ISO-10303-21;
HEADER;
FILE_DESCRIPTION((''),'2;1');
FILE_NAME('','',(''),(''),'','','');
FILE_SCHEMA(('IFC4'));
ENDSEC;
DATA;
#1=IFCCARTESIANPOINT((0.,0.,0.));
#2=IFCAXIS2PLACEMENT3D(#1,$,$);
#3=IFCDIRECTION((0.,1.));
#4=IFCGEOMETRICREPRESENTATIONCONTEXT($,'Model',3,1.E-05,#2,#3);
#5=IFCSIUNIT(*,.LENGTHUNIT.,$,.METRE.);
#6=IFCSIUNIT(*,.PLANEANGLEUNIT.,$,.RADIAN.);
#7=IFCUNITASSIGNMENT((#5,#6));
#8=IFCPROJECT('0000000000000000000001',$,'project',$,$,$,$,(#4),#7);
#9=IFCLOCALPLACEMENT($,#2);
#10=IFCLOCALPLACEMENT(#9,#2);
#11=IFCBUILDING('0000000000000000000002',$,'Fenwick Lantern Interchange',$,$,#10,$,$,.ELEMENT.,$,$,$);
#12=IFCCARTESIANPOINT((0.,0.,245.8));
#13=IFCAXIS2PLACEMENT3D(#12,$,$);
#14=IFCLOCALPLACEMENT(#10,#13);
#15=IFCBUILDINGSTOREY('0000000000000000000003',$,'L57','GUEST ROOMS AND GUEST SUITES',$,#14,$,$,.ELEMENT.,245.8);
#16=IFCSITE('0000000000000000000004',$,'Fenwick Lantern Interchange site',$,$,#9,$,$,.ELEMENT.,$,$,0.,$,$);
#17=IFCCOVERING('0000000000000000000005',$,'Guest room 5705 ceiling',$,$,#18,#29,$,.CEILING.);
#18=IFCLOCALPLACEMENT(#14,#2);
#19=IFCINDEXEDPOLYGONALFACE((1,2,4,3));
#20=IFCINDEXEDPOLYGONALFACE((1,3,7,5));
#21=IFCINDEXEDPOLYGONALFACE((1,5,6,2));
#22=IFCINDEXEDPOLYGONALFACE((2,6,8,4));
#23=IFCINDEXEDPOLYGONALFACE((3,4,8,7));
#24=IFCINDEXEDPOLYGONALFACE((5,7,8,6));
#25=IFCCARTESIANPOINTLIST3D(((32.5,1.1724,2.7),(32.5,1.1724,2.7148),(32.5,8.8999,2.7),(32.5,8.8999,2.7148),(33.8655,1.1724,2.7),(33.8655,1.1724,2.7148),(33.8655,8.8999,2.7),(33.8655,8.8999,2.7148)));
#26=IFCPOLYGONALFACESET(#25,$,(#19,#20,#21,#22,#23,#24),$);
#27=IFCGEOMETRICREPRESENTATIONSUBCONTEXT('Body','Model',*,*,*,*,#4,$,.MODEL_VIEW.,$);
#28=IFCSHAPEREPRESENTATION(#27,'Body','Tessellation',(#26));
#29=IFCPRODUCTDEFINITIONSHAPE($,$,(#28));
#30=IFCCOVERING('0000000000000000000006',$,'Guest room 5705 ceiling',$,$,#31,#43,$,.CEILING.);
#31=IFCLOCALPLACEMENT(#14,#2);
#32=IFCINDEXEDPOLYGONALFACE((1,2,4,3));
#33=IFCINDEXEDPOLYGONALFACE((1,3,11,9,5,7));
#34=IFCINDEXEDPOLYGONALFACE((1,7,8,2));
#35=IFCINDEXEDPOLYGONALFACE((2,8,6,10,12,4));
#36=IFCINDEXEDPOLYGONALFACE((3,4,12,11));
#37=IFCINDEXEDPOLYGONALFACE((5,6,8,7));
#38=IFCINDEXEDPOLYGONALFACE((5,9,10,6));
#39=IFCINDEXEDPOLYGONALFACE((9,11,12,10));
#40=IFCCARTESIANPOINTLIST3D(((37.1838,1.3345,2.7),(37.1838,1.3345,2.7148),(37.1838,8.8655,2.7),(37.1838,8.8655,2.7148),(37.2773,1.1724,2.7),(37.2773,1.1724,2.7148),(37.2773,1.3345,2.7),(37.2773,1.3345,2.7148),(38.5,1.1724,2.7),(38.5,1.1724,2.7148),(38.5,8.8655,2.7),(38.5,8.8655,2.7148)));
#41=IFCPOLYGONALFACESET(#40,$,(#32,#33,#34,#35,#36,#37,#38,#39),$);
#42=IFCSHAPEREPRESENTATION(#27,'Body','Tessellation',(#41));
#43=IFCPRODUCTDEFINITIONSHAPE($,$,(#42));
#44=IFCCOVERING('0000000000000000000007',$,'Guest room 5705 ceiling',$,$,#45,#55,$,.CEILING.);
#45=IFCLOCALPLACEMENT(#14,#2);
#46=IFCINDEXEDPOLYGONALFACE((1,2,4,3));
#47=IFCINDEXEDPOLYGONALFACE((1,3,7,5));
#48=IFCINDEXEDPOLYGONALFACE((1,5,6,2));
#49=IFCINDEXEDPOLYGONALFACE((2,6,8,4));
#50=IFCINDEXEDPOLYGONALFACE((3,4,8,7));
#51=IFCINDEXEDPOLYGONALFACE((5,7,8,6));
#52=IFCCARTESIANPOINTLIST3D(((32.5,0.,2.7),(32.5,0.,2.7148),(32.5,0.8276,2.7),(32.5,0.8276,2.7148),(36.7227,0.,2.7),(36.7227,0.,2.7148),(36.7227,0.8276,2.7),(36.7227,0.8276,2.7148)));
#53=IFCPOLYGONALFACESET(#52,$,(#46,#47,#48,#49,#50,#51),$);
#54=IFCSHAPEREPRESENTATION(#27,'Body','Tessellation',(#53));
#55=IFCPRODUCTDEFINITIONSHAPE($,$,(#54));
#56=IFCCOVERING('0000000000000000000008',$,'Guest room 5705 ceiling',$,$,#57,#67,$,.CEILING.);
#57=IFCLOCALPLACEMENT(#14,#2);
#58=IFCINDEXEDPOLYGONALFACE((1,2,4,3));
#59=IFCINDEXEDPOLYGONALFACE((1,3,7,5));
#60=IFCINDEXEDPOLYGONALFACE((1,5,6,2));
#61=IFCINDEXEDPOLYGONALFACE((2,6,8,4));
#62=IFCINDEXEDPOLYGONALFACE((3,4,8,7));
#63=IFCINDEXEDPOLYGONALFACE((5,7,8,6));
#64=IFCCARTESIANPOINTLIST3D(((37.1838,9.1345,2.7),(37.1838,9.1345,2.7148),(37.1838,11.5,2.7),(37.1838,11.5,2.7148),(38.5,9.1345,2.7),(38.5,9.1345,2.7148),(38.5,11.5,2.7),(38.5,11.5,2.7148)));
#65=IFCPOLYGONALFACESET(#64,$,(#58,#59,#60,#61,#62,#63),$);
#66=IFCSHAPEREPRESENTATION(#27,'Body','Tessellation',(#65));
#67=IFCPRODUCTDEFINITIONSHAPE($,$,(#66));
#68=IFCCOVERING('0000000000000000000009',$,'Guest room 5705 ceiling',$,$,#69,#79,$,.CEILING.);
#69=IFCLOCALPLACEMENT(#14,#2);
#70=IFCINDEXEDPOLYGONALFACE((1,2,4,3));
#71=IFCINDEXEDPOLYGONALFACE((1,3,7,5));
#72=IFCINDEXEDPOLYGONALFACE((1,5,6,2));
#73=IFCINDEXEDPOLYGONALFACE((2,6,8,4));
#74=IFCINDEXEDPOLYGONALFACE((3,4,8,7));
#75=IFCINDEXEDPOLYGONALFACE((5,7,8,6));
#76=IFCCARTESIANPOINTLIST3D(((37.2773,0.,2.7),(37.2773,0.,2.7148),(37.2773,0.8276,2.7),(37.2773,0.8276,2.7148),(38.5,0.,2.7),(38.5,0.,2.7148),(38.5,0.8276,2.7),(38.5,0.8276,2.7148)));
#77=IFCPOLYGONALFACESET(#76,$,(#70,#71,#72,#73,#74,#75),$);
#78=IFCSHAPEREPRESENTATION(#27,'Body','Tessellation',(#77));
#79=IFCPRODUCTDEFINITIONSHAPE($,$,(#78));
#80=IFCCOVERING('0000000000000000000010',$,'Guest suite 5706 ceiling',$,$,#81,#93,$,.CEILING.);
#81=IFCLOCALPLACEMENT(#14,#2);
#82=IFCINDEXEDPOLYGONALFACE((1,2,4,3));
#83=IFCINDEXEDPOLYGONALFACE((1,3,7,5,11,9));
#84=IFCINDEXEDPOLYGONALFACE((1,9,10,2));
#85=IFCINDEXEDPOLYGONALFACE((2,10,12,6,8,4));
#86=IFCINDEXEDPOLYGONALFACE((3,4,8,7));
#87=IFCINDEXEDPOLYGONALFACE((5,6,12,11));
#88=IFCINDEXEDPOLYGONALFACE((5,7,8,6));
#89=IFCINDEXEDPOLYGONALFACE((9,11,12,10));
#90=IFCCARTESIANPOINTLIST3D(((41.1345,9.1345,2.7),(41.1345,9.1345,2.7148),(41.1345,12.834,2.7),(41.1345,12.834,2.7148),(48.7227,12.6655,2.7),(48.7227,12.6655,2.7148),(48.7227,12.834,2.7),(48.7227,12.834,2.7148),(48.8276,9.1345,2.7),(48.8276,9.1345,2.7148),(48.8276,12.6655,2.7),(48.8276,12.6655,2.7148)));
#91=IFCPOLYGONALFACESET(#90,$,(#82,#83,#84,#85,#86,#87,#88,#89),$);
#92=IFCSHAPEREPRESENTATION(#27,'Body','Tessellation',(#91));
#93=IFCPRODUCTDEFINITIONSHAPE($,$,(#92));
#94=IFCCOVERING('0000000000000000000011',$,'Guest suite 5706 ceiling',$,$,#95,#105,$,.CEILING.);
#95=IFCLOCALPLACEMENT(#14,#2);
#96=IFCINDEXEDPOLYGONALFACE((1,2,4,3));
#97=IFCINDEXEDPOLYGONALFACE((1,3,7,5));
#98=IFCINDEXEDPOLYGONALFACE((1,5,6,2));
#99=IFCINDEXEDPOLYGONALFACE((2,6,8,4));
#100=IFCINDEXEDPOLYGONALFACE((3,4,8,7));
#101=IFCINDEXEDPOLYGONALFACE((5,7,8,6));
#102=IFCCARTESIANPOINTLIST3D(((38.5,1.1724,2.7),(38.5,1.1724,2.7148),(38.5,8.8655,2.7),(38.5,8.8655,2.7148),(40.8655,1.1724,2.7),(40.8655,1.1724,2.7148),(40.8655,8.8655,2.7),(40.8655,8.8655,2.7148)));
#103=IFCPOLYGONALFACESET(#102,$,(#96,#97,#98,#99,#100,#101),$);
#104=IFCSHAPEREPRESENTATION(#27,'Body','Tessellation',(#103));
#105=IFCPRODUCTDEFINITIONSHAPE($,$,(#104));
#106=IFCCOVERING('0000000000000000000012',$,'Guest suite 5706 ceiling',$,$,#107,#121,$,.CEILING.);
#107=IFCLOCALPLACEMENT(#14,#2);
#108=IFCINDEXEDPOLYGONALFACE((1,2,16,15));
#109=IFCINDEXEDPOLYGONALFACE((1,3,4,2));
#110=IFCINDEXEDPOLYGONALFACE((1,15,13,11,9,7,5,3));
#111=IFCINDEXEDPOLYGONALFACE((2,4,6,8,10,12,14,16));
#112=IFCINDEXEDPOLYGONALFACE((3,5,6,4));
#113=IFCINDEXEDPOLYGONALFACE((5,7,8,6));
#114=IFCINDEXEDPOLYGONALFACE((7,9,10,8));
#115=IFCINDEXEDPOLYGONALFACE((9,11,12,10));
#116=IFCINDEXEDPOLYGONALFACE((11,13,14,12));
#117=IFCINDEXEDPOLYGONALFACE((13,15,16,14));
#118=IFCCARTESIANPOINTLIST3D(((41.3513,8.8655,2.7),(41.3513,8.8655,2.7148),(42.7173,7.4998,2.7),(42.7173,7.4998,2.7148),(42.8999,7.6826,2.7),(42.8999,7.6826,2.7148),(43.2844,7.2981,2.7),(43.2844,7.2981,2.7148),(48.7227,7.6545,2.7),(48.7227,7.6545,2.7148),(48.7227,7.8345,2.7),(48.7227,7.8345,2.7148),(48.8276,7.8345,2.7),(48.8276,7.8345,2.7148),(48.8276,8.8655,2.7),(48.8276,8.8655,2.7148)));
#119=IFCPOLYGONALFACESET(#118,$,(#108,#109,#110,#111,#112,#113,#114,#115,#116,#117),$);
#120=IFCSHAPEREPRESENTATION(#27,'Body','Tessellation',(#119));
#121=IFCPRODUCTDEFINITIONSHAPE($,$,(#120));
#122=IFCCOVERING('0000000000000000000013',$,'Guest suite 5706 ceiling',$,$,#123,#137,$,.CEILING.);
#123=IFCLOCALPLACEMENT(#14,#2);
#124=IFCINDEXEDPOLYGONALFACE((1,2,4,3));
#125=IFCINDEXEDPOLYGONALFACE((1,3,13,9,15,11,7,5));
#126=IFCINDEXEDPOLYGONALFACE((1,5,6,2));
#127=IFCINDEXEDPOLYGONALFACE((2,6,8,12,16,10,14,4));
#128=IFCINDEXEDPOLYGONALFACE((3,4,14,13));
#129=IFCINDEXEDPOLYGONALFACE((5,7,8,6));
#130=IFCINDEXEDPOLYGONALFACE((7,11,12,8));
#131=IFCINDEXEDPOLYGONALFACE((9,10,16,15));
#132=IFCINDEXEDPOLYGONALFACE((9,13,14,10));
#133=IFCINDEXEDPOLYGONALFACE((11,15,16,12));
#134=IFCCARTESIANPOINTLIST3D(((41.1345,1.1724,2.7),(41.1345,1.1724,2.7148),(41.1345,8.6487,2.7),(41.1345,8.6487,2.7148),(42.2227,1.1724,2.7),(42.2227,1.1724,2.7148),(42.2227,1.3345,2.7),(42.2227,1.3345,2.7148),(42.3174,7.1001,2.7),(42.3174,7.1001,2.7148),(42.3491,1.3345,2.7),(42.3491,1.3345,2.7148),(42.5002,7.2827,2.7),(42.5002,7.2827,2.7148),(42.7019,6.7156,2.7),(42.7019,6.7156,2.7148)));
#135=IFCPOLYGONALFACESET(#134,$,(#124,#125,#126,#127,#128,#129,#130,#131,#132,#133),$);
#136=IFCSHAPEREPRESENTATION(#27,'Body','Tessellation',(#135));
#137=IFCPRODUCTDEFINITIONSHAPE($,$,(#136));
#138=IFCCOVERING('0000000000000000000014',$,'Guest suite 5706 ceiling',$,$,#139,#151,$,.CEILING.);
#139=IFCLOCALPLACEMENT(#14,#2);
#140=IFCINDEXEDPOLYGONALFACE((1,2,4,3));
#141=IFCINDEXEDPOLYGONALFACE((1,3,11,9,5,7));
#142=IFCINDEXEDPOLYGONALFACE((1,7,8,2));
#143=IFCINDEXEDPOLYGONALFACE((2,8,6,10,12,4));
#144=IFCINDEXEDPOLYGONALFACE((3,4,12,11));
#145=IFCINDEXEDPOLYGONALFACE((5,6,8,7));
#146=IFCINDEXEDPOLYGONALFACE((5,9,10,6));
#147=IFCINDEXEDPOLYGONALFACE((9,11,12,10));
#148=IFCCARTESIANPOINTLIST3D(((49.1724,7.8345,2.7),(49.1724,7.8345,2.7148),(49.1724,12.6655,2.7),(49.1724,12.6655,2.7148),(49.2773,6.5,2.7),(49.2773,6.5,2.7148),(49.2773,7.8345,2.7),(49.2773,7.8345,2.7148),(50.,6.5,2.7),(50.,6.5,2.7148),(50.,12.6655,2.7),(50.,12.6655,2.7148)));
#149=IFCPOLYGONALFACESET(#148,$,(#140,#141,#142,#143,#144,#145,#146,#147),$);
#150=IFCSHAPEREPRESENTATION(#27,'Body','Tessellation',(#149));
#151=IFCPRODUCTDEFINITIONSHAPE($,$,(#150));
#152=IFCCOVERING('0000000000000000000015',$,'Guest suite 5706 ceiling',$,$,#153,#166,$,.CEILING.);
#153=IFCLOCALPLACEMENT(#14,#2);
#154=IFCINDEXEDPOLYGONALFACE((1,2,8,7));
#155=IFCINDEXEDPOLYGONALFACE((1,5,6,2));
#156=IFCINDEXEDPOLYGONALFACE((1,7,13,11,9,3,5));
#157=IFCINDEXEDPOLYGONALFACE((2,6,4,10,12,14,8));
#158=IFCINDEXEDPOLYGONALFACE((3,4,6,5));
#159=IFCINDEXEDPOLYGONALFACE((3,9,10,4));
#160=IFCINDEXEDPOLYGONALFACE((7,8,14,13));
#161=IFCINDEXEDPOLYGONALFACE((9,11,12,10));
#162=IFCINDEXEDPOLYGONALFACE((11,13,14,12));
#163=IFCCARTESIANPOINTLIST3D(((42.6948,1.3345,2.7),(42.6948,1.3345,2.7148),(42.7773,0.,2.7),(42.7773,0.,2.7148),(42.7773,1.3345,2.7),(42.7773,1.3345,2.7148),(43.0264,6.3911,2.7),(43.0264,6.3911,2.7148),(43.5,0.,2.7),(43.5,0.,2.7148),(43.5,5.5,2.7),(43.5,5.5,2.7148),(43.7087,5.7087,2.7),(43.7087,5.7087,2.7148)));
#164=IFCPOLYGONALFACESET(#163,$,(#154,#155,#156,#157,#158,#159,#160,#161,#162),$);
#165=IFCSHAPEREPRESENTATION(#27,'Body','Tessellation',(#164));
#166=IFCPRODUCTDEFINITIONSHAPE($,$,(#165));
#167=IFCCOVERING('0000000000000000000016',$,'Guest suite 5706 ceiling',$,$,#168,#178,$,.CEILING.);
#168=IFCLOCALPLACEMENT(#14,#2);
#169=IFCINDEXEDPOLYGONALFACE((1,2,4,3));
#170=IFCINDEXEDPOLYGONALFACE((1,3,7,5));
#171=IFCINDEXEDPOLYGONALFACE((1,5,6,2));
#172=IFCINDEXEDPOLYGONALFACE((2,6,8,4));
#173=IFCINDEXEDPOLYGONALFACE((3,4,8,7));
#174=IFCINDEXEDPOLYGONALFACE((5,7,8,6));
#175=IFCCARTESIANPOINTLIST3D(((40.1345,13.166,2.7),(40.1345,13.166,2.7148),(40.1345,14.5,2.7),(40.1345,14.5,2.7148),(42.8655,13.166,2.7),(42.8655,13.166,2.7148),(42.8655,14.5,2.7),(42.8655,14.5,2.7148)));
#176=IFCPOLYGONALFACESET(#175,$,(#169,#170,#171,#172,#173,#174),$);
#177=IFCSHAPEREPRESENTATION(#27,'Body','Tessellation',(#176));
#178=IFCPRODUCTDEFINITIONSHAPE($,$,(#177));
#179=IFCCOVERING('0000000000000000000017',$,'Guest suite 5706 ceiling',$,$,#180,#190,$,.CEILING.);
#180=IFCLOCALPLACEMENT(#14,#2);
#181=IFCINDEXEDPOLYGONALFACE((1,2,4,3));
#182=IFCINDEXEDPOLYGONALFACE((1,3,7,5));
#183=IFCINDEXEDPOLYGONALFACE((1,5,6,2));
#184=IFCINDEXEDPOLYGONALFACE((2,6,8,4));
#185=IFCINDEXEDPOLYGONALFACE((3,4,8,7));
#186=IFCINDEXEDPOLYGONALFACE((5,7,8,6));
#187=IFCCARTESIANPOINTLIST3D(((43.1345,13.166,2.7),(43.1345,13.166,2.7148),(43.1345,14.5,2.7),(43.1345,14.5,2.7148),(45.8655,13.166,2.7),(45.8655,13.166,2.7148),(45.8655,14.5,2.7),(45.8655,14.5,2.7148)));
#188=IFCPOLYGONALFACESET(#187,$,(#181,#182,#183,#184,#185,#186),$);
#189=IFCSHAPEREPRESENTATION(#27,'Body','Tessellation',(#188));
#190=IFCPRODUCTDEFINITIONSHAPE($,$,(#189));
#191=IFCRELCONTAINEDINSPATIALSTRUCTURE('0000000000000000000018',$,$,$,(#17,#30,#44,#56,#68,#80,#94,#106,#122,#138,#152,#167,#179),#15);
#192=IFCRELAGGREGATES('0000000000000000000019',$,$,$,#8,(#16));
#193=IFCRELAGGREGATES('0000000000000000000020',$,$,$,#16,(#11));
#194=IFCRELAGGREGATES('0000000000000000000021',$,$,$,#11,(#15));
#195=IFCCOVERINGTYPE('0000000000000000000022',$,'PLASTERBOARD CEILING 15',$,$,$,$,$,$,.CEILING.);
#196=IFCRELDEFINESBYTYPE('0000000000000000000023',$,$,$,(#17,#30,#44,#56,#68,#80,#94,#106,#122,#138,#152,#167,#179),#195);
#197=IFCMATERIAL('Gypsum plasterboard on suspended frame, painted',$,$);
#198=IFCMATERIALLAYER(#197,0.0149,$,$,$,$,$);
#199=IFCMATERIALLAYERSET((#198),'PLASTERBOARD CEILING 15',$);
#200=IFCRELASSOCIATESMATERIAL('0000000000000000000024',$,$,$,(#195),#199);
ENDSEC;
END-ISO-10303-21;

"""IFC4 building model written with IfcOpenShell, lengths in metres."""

from ifc_helpers import new_model, si_unit, direction, frame, origin, place, context, subcontext, project, spatial, polyline, outline, extrude, material, layer, layer_set, type_object, element, save


model = new_model("IFC4")

# Units and contexts
model_context = context("Model", 3, precision=1e-05, world=origin(), true_north=direction((0.0, 1.0)))
body_context = subcontext(model_context, "Body", "Model", "MODEL_VIEW")
ifc_project = project(units=[si_unit("LENGTHUNIT", "METRE"), si_unit("PLANEANGLEUNIT", "RADIAN")], contexts=[model_context])

# Site, building, storey
site_placement = place(None, origin())
site = spatial("IfcSite", under=ifc_project, at=site_placement, Name="Fenwick Lantern Interchange site", CompositionType="ELEMENT", RefElevation=0.0)
building_placement = place(site_placement, origin())
building = spatial("IfcBuilding", under=site, at=building_placement, Name="Fenwick Lantern Interchange", CompositionType="ELEMENT")
storey_placement = place(building_placement, frame((0.0, 0.0, 245.8)))
storey = spatial("IfcBuildingStorey", under=building, at=storey_placement, Name="L57", Description="GUEST ROOMS AND GUEST SUITES", CompositionType="ELEMENT", Elevation=245.8)

# Coverings
ifc_material = material(Name="Gypsum plasterboard on suspended frame, painted")
ifc_layer = layer(ifc_material, 0.0149)
ifc_layer_set = layer_set([ifc_layer], Name="PLASTERBOARD CEILING 15")
covering_type = type_object("IfcCoveringType", Name="PLASTERBOARD CEILING 15", PredefinedType="CEILING", material=ifc_layer_set)
covering_1_placement = place(storey_placement, frame((0.0, 0.0, 2.7)))
element("IfcCovering", 1, at=covering_1_placement, inside=storey, type_object=covering_type, Name="Guest room 5705 ceiling", PredefinedType="CEILING", context=body_context, shape_type="SweptSolid", body=[
    extrude(outline(polyline([(32.5, 8.8999), (32.5, 1.1724), (33.8655, 1.1724), (33.8655, 8.8999), (32.5, 8.8999)])), origin(), (0.0, 0.0, 1.0), 0.0149),
])
covering_2_placement = place(storey_placement, frame((0.0, 0.0, 2.7)))
element("IfcCovering", 2, at=covering_2_placement, inside=storey, type_object=covering_type, Name="Guest room 5705 ceiling", PredefinedType="CEILING", context=body_context, shape_type="SweptSolid", body=[
    extrude(outline(polyline([(37.2773, 1.3345), (37.2773, 1.1724), (38.5, 1.1724), (38.5, 8.8655), (37.1838, 8.8655), (37.1838, 1.3345), (37.2773, 1.3345)])), origin(), (0.0, 0.0, 1.0), 0.0149),
])
covering_3_placement = place(storey_placement, frame((0.0, 0.0, 2.7)))
element("IfcCovering", 3, at=covering_3_placement, inside=storey, type_object=covering_type, Name="Guest room 5705 ceiling", PredefinedType="CEILING", context=body_context, shape_type="SweptSolid", body=[
    extrude(outline(polyline([(36.7227, 0.0), (36.7227, 0.8276), (32.5, 0.8276), (32.5, 0.0), (36.7227, 0.0)])), origin(), (0.0, 0.0, 1.0), 0.0149),
])
covering_4_placement = place(storey_placement, frame((0.0, 0.0, 2.7)))
element("IfcCovering", 4, at=covering_4_placement, inside=storey, type_object=covering_type, Name="Guest room 5705 ceiling", PredefinedType="CEILING", context=body_context, shape_type="SweptSolid", body=[
    extrude(outline(polyline([(38.5, 11.5), (37.1838, 11.5), (37.1838, 9.1345), (38.5, 9.1345), (38.5, 11.5)])), origin(), (0.0, 0.0, 1.0), 0.0149),
])
covering_5_placement = place(storey_placement, frame((0.0, 0.0, 2.7)))
element("IfcCovering", 5, at=covering_5_placement, inside=storey, type_object=covering_type, Name="Guest room 5705 ceiling", PredefinedType="CEILING", context=body_context, shape_type="SweptSolid", body=[
    extrude(outline(polyline([(37.2773, 0.0), (38.5, 0.0), (38.5, 0.8276), (37.2773, 0.8276), (37.2773, 0.0)])), origin(), (0.0, 0.0, 1.0), 0.0149),
])
covering_6_placement = place(storey_placement, frame((0.0, 0.0, 2.7)))
element("IfcCovering", 6, at=covering_6_placement, inside=storey, type_object=covering_type, Name="Guest suite 5706 ceiling", PredefinedType="CEILING", context=body_context, shape_type="SweptSolid", body=[
    extrude(outline(polyline([(48.7227, 12.6655), (48.7227, 12.834), (41.1345, 12.834), (41.1345, 9.1345), (48.8276, 9.1345), (48.8276, 12.6655), (48.7227, 12.6655)])), origin(), (0.0, 0.0, 1.0), 0.0149),
])
covering_7_placement = place(storey_placement, frame((0.0, 0.0, 2.7)))
element("IfcCovering", 7, at=covering_7_placement, inside=storey, type_object=covering_type, Name="Guest suite 5706 ceiling", PredefinedType="CEILING", context=body_context, shape_type="SweptSolid", body=[
    extrude(outline(polyline([(38.5, 8.8655), (38.5, 1.1724), (40.8655, 1.1724), (40.8655, 8.8655), (38.5, 8.8655)])), origin(), (0.0, 0.0, 1.0), 0.0149),
])
covering_8_placement = place(storey_placement, frame((0.0, 0.0, 2.7)))
element("IfcCovering", 8, at=covering_8_placement, inside=storey, type_object=covering_type, Name="Guest suite 5706 ceiling", PredefinedType="CEILING", context=body_context, shape_type="SweptSolid", body=[
    extrude(outline(polyline([(48.7227, 7.8345), (48.8276, 7.8345), (48.8276, 8.8655), (41.3513, 8.8655), (42.7173, 7.4998), (42.8999, 7.6826), (43.2844, 7.2981), (48.7227, 7.6545), (48.7227, 7.8345)])), origin(), (0.0, 0.0, 1.0), 0.0149),
])
covering_9_placement = place(storey_placement, frame((0.0, 0.0, 2.7)))
element("IfcCovering", 9, at=covering_9_placement, inside=storey, type_object=covering_type, Name="Guest suite 5706 ceiling", PredefinedType="CEILING", context=body_context, shape_type="SweptSolid", body=[
    extrude(outline(polyline([(42.2227, 1.3345), (42.3491, 1.3345), (42.7019, 6.7156), (42.3174, 7.1001), (42.5002, 7.2827), (41.1345, 8.6487), (41.1345, 1.1724), (42.2227, 1.1724), (42.2227, 1.3345)])), origin(), (0.0, 0.0, 1.0), 0.0149),
])
covering_10_placement = place(storey_placement, frame((0.0, 0.0, 2.7)))
element("IfcCovering", 10, at=covering_10_placement, inside=storey, type_object=covering_type, Name="Guest suite 5706 ceiling", PredefinedType="CEILING", context=body_context, shape_type="SweptSolid", body=[
    extrude(outline(polyline([(50.0, 12.6655), (49.1724, 12.6655), (49.1724, 7.8345), (49.2773, 7.8345), (49.2773, 6.5), (50.0, 6.5), (50.0, 12.6655)])), origin(), (0.0, 0.0, 1.0), 0.0149),
])
covering_11_placement = place(storey_placement, frame((0.0, 0.0, 2.7)))
element("IfcCovering", 11, at=covering_11_placement, inside=storey, type_object=covering_type, Name="Guest suite 5706 ceiling", PredefinedType="CEILING", context=body_context, shape_type="SweptSolid", body=[
    extrude(outline(polyline([(42.6948, 1.3345), (42.7773, 1.3345), (42.7773, 0.0), (43.5, 0.0), (43.5, 5.5), (43.7087, 5.7087), (43.0264, 6.3911), (42.6948, 1.3345)])), origin(), (0.0, 0.0, 1.0), 0.0149),
])
covering_12_placement = place(storey_placement, frame((0.0, 0.0, 2.7)))
element("IfcCovering", 12, at=covering_12_placement, inside=storey, type_object=covering_type, Name="Guest suite 5706 ceiling", PredefinedType="CEILING", context=body_context, shape_type="SweptSolid", body=[
    extrude(outline(polyline([(42.8655, 14.5), (40.1345, 14.5), (40.1345, 13.166), (42.8655, 13.166), (42.8655, 14.5)])), origin(), (0.0, 0.0, 1.0), 0.0149),
])
covering_13_placement = place(storey_placement, frame((0.0, 0.0, 2.7)))
element("IfcCovering", 13, at=covering_13_placement, inside=storey, type_object=covering_type, Name="Guest suite 5706 ceiling", PredefinedType="CEILING", context=body_context, shape_type="SweptSolid", body=[
    extrude(outline(polyline([(45.8655, 14.5), (43.1345, 14.5), (43.1345, 13.166), (45.8655, 13.166), (45.8655, 14.5)])), origin(), (0.0, 0.0, 1.0), 0.0149),
])

save(model, "model.ifc")
